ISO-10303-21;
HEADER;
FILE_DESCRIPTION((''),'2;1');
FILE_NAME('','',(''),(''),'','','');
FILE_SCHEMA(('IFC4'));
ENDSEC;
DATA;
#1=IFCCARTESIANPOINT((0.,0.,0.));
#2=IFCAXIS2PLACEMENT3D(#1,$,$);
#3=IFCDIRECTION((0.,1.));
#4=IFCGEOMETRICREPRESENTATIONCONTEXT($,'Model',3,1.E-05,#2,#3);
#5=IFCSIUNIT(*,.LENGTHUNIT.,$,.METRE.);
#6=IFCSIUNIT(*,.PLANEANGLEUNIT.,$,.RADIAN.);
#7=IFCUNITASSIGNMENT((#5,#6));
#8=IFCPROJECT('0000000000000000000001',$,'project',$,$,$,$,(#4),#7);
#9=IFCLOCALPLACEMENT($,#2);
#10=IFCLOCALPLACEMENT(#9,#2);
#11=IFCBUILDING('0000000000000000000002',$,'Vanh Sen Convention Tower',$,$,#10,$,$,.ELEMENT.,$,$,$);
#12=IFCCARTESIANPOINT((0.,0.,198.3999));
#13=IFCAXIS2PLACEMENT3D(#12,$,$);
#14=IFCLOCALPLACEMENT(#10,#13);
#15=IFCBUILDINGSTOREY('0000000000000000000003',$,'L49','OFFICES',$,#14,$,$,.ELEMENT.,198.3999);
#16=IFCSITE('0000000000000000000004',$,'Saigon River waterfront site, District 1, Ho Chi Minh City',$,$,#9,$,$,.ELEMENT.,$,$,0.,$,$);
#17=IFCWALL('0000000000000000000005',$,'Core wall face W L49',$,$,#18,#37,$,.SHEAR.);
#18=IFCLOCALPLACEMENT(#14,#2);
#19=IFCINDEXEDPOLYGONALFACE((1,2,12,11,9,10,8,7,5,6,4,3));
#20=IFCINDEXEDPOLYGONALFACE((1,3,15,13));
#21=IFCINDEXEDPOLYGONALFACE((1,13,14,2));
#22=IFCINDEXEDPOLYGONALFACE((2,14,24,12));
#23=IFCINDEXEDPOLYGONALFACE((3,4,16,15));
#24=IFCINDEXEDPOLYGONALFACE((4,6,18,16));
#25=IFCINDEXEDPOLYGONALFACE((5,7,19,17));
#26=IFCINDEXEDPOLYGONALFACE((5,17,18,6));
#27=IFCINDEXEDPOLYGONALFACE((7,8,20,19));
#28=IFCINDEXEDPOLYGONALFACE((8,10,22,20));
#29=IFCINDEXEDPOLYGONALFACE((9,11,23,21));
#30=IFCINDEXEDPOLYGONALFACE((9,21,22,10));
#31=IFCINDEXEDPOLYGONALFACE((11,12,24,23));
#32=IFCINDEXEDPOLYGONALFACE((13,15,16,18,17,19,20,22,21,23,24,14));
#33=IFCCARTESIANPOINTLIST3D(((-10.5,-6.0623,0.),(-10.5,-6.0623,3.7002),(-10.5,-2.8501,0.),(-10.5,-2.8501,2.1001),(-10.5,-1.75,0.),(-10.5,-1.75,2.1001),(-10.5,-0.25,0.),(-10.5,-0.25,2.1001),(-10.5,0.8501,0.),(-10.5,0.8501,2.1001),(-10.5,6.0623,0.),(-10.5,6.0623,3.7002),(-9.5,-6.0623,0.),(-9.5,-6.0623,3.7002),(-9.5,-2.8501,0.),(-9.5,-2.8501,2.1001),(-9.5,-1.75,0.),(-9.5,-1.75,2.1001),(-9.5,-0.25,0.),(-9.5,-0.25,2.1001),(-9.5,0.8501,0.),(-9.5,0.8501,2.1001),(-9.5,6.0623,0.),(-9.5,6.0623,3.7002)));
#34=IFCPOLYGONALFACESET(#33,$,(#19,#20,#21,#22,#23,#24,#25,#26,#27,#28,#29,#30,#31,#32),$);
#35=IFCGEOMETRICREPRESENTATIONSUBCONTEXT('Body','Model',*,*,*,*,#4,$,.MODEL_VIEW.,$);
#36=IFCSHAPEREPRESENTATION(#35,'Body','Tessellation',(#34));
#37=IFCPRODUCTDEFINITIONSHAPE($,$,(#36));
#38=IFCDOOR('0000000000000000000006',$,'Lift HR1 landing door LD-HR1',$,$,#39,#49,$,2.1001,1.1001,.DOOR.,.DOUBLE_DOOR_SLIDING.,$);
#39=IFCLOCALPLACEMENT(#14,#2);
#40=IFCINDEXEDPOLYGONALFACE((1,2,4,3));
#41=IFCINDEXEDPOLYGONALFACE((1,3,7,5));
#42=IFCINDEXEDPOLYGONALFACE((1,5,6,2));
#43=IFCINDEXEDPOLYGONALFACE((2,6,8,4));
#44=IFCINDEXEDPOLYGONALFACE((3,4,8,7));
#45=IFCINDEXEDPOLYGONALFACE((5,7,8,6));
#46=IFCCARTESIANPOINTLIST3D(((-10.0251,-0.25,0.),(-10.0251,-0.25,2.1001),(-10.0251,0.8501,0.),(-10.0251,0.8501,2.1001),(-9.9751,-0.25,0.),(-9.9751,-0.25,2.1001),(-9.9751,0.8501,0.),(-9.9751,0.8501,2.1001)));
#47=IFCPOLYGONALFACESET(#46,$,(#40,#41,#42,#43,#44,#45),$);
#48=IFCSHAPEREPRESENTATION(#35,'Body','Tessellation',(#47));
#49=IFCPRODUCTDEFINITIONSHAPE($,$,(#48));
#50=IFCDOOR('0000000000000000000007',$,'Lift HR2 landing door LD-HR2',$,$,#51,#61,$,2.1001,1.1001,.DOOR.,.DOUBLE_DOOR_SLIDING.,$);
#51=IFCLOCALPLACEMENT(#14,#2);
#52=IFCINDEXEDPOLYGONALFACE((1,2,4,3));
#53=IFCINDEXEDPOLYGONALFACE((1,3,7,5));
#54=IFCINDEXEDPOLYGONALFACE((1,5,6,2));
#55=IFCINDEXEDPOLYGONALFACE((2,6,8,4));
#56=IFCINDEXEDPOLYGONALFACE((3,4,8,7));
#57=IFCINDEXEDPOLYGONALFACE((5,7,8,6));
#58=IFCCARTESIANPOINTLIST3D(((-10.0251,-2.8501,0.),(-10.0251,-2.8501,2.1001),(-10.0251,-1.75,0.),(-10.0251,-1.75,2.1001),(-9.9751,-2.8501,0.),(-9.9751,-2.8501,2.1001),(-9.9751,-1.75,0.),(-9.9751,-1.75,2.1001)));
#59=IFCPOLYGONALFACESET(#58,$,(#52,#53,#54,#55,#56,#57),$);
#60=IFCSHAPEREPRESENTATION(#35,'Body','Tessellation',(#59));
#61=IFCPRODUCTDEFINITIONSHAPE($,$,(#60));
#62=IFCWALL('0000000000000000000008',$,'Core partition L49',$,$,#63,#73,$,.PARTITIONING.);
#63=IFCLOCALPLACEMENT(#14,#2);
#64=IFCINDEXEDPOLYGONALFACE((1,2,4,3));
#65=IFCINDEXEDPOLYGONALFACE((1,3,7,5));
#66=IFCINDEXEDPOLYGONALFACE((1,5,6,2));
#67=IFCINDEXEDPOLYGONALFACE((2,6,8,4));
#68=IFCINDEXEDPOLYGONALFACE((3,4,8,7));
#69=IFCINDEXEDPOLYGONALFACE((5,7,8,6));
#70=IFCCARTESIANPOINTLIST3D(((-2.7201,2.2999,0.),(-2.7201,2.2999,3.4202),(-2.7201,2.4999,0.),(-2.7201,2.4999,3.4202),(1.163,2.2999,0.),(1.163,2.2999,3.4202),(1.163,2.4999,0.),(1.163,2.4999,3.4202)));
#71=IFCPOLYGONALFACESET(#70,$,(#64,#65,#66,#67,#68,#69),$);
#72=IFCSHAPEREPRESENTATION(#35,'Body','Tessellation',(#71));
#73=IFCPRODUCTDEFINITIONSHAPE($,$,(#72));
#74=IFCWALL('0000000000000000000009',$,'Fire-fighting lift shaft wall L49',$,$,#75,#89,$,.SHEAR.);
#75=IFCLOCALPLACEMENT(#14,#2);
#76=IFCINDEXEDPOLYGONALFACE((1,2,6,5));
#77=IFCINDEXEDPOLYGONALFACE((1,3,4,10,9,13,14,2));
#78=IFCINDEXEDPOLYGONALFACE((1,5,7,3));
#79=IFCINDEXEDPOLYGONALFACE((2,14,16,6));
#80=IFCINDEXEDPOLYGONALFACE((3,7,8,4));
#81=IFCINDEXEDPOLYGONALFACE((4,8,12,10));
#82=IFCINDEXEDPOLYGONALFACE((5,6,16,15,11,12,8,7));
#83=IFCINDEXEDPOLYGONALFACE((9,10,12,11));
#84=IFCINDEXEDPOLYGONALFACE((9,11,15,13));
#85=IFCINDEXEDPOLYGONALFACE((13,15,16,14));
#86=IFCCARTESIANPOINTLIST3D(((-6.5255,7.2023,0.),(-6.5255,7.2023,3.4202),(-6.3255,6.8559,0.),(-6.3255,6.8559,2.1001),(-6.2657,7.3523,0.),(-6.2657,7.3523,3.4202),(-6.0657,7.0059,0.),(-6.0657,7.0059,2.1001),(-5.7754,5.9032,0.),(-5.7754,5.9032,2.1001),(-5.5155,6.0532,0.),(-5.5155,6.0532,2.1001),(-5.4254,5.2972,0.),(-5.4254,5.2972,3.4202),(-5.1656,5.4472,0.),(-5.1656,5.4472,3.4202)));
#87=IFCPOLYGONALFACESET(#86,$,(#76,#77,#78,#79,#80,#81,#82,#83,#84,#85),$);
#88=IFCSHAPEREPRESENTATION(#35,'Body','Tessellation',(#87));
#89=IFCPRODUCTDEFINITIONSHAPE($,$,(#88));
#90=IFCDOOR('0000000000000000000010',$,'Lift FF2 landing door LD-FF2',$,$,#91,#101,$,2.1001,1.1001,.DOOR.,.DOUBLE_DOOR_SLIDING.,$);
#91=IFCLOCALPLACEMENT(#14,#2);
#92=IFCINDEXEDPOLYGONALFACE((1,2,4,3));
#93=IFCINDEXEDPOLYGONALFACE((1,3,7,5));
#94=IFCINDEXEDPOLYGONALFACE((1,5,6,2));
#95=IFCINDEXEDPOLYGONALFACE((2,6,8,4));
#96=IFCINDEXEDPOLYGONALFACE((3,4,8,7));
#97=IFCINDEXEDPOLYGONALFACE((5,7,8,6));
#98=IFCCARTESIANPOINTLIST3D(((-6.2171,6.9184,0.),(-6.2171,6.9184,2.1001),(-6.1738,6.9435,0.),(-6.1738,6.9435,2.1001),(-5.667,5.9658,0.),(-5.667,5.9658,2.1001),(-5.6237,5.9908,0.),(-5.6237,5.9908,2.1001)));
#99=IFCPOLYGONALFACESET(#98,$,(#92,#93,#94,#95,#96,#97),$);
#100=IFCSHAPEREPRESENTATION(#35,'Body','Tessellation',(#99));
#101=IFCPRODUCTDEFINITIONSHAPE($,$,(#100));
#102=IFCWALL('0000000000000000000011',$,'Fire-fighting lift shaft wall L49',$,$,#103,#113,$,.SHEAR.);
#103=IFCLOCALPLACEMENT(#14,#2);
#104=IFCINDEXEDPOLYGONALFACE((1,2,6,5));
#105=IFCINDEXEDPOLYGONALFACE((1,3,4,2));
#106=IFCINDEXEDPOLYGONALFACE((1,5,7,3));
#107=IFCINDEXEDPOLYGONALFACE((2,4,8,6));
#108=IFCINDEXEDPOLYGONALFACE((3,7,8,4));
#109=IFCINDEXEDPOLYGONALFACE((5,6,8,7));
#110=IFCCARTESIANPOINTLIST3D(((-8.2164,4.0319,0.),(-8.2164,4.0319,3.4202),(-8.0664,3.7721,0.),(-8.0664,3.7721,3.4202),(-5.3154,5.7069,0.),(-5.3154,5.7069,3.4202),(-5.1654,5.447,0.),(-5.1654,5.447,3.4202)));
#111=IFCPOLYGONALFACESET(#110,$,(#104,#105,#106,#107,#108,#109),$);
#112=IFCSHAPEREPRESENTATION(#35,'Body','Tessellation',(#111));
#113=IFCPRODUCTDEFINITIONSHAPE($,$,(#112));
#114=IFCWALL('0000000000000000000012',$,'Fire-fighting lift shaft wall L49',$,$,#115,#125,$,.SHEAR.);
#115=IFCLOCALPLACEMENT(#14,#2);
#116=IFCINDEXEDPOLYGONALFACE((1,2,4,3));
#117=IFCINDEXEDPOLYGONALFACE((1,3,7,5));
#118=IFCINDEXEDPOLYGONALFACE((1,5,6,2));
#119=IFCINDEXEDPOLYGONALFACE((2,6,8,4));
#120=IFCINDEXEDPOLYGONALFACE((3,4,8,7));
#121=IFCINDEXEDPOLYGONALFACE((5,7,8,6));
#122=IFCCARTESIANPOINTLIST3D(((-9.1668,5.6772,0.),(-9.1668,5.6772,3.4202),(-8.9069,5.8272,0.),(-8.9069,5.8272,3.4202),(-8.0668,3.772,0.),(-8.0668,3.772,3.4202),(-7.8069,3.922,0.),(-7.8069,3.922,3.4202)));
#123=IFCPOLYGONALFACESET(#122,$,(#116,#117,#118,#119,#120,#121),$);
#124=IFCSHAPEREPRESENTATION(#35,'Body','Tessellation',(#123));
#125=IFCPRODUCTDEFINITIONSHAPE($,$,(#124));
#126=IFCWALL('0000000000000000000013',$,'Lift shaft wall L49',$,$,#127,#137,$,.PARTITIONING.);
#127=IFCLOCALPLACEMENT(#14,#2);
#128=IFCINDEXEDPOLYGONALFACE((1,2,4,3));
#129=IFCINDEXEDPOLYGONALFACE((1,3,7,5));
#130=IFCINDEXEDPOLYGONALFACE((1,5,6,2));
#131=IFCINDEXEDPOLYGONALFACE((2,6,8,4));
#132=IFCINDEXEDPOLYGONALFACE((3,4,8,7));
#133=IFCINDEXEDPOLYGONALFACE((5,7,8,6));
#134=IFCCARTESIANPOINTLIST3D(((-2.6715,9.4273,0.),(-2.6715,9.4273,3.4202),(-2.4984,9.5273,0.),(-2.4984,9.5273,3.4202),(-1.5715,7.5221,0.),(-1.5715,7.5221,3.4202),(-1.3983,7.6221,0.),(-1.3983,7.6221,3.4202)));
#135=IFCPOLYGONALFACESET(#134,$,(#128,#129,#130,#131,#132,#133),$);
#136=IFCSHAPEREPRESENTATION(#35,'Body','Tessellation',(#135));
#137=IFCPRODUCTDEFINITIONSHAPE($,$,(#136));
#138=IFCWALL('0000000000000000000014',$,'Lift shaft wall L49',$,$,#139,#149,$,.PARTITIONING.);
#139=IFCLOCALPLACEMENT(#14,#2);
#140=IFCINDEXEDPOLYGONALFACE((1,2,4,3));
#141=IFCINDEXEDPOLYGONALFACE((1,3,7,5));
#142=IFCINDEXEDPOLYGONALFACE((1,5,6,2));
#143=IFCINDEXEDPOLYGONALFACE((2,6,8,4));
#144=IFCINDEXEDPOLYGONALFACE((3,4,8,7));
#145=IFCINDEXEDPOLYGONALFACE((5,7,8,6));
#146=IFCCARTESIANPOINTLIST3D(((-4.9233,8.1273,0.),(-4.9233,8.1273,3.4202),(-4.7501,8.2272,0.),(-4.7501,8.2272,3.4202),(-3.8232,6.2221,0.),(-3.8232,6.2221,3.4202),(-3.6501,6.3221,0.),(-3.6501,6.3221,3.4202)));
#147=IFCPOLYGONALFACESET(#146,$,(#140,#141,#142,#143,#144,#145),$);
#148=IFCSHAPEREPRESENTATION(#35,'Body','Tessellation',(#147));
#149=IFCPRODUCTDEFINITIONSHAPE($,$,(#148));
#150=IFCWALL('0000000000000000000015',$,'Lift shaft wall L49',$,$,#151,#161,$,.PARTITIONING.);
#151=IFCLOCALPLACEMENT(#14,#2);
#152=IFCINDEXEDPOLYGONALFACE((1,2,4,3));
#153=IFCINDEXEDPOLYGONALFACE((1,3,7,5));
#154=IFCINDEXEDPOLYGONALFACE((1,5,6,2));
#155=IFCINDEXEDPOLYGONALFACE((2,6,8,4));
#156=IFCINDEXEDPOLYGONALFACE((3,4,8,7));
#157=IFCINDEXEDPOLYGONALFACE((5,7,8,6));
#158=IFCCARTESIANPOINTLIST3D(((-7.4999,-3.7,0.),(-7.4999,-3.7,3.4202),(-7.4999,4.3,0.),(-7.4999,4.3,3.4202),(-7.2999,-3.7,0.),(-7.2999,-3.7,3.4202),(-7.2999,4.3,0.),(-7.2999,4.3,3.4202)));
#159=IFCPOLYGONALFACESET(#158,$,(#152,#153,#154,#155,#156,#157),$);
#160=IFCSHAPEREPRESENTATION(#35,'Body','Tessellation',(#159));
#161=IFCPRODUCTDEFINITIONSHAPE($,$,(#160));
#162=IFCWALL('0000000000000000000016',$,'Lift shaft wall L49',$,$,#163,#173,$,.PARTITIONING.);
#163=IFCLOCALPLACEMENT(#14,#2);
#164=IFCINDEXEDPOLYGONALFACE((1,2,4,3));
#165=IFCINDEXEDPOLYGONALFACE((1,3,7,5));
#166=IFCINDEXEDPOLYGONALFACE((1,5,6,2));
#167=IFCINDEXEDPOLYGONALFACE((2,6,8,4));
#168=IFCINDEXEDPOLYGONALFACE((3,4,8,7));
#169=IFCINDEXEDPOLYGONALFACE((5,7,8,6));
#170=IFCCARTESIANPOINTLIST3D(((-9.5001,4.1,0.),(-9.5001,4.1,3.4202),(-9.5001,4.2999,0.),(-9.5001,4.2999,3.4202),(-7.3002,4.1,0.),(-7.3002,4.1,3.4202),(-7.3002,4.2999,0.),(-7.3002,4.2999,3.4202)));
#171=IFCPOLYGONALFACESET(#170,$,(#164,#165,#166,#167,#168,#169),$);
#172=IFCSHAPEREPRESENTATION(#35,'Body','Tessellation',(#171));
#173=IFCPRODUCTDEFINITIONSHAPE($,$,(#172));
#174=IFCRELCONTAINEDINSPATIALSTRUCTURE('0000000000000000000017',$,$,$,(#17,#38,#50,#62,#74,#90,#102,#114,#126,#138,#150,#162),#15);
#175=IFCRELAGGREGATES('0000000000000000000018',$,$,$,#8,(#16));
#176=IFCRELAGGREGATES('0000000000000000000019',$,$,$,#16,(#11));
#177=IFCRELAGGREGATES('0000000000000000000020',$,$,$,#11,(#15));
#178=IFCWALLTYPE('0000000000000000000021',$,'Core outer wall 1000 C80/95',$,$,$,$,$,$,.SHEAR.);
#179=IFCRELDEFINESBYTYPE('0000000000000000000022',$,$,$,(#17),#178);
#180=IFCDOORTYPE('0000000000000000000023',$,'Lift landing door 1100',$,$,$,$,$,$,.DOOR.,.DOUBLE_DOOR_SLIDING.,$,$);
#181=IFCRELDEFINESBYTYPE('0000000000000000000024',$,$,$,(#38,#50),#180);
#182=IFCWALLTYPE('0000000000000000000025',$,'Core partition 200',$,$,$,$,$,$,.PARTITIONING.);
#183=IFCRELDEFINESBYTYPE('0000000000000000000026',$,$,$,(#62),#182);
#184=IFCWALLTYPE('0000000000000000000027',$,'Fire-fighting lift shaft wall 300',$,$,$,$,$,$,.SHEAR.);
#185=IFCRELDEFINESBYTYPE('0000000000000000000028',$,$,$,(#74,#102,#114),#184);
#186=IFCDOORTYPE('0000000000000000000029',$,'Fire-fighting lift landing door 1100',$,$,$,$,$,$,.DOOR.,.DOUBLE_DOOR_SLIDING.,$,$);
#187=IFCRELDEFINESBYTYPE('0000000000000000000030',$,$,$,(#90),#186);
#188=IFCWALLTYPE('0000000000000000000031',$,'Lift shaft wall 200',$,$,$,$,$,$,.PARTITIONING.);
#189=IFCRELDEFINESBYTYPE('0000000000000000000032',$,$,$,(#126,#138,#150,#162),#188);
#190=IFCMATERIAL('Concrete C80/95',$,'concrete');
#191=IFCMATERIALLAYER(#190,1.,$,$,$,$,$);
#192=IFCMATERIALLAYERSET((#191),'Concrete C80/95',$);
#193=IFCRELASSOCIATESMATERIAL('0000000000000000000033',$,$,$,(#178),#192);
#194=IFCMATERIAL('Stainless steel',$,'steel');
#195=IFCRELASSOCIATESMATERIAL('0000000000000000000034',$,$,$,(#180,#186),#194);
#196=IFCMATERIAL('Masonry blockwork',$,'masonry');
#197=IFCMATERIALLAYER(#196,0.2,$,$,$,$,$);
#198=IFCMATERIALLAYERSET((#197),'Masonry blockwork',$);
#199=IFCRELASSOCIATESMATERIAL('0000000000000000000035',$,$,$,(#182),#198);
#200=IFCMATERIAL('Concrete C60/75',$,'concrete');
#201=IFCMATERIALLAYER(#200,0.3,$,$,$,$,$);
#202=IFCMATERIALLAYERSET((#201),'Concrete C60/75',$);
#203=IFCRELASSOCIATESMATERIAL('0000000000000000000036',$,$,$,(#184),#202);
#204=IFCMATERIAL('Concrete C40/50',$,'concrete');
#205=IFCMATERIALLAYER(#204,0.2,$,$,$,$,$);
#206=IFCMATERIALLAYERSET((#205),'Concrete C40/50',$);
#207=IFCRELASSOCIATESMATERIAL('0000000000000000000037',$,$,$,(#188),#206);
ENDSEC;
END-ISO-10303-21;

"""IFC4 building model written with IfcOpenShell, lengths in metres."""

from ifc_helpers import new_model, si_unit, direction, frame, frame_2d, origin, place, context, subcontext, project, spatial, rectangle, extrude, material, layer, layer_set, type_object, element, fill, save


model = new_model("IFC4")

# Units and contexts
model_context = context("Model", 3, precision=1e-05, world=origin(), true_north=direction((0.0, 1.0)))
body_context = subcontext(model_context, "Body", "Model", "MODEL_VIEW")
ifc_project = project(units=[si_unit("LENGTHUNIT", "METRE"), si_unit("PLANEANGLEUNIT", "RADIAN")], contexts=[model_context])

# Site, building, storey
site_placement = place(None, origin())
site = spatial("IfcSite", under=ifc_project, at=site_placement, Name="Saigon River waterfront site, District 1, Ho Chi Minh City", CompositionType="ELEMENT", RefElevation=0.0)
building_placement = place(site_placement, origin())
building = spatial("IfcBuilding", under=site, at=building_placement, Name="Vanh Sen Convention Tower", CompositionType="ELEMENT")
storey_placement = place(building_placement, frame((0.0, 0.0, 198.3999)))
storey = spatial("IfcBuildingStorey", under=building, at=storey_placement, Name="L49", Description="OFFICES", CompositionType="ELEMENT", Elevation=198.3999)

# Shared definitions
ifc_material_1 = material(Name="Concrete C40/50", Category="concrete")

# Wall, openings, doors
ifc_material_2 = material(Name="Concrete C80/95", Category="concrete")
ifc_layer_1 = layer(ifc_material_2, 1.0)
ifc_layer_set_1 = layer_set([ifc_layer_1], Name="Concrete C80/95")
wall_type_1 = type_object("IfcWallType", Name="Core outer wall 1000 C80/95", PredefinedType="SHEAR", material=ifc_layer_set_1)
wall_1_placement = place(storey_placement, frame((-10.0, 6.0623, 0.0), z_axis=(0.0, 0.0, 1.0), x_axis=(0.0, -1.0, 0.0)))
wall_1 = element("IfcWall", 1, at=wall_1_placement, inside=storey, type_object=wall_type_1, Name="Core wall face W L49", PredefinedType="SHEAR", context=body_context, shape_type="SweptSolid", body=[
    extrude(rectangle(XDim=12.1245, YDim=1.0, at=frame_2d((6.0623, 0.0))), origin(), (0.0, 0.0, 1.0), 3.7002),
])
opening_1_placement = place(wall_1_placement, frame((5.2122, 0.0, 0.0)))
opening_1 = element("IfcOpeningElement", 2, at=opening_1_placement, cuts=wall_1, PredefinedType="OPENING", context=body_context, shape_type="SweptSolid", body=[
    extrude(rectangle(XDim=1.1001, YDim=2.1001, at=frame_2d((0.55, 1.05))), frame((0.0, 0.51, 0.0), z_axis=(0.0, -1.0, 0.0), x_axis=(1.0, 0.0, 0.0)), (0.0, 0.0, 1.0), 1.02),
])
opening_2_placement = place(wall_1_placement, frame((7.8123, 0.0, 0.0)))
opening_2 = element("IfcOpeningElement", 3, at=opening_2_placement, cuts=wall_1, PredefinedType="OPENING", context=body_context, shape_type="SweptSolid", body=[
    extrude(rectangle(XDim=1.1001, YDim=2.1001, at=frame_2d((0.55, 1.05))), frame((0.0, 0.51, 0.0), z_axis=(0.0, -1.0, 0.0), x_axis=(1.0, 0.0, 0.0)), (0.0, 0.0, 1.0), 1.02),
])
ifc_material_3 = material(Name="Stainless steel", Category="steel")
door_type_1 = type_object("IfcDoorType", Name="Lift landing door 1100", OperationType="DOUBLE_DOOR_SLIDING", PredefinedType="DOOR", material=ifc_material_3)
door_1_placement = place(opening_1_placement, origin())
door_1 = element("IfcDoor", 4, at=door_1_placement, inside=storey, type_object=door_type_1, Name="Lift HR1 landing door LD-HR1", OperationType="DOUBLE_DOOR_SLIDING", OverallHeight=2.1001, OverallWidth=1.1001, PredefinedType="DOOR", context=body_context, shape_type="SweptSolid", body=[
    extrude(rectangle(XDim=1.1001, YDim=2.1001, at=frame_2d((0.55, 1.05))), frame((0.0, 0.0249, 0.0), z_axis=(0.0, -1.0, 0.0), x_axis=(1.0, 0.0, 0.0)), (0.0, 0.0, 1.0), 0.05),
])
fill(opening_1, door_1)
door_2_placement = place(opening_2_placement, origin())
door_2 = element("IfcDoor", 5, at=door_2_placement, inside=storey, type_object=door_type_1, Name="Lift HR2 landing door LD-HR2", OperationType="DOUBLE_DOOR_SLIDING", OverallHeight=2.1001, OverallWidth=1.1001, PredefinedType="DOOR", context=body_context, shape_type="SweptSolid", body=[
    extrude(rectangle(XDim=1.1001, YDim=2.1001, at=frame_2d((0.55, 1.05))), frame((0.0, 0.0249, 0.0), z_axis=(0.0, -1.0, 0.0), x_axis=(1.0, 0.0, 0.0)), (0.0, 0.0, 1.0), 0.05),
])
fill(opening_2, door_2)

# Wall
ifc_material_4 = material(Name="Masonry blockwork", Category="masonry")
ifc_layer_2 = layer(ifc_material_4, 0.2)
ifc_layer_set_2 = layer_set([ifc_layer_2], Name="Masonry blockwork")
wall_type_2 = type_object("IfcWallType", Name="Core partition 200", PredefinedType="PARTITIONING", material=ifc_layer_set_2)
wall_2_placement = place(storey_placement, frame((-2.72, 2.3999, 0.0), z_axis=(0.0, 0.0, 1.0), x_axis=(1.0, 0.0, 0.0)))
element("IfcWall", 6, at=wall_2_placement, inside=storey, type_object=wall_type_2, Name="Core partition L49", PredefinedType="PARTITIONING", context=body_context, shape_type="SweptSolid", body=[
    extrude(rectangle(XDim=3.8831, YDim=0.2, at=frame_2d((1.9414, 0.0))), origin(), (0.0, 0.0, 1.0), 3.4202),
])

# Wall, opening, door
ifc_material_5 = material(Name="Concrete C60/75", Category="concrete")
ifc_layer_3 = layer(ifc_material_5, 0.3)
ifc_layer_set_3 = layer_set([ifc_layer_3], Name="Concrete C60/75")
wall_type_3 = type_object("IfcWallType", Name="Fire-fighting lift shaft wall 300", PredefinedType="SHEAR", material=ifc_layer_set_3)
wall_3_placement = place(storey_placement, frame((-5.2954, 5.3721, 0.0), z_axis=(0.0, 0.0, 1.0), x_axis=(-0.500078, 0.86598, 0.0)))
wall_3 = element("IfcWall", 7, at=wall_3_placement, inside=storey, type_object=wall_type_3, Name="Fire-fighting lift shaft wall L49", PredefinedType="SHEAR", context=body_context, shape_type="SweptSolid", body=[
    extrude(rectangle(XDim=2.2, YDim=0.3, at=frame_2d((1.1001, 0.0))), origin(), (0.0, 0.0, 1.0), 3.4202),
])
opening_3_placement = place(wall_3_placement, frame((0.7, 0.0, 0.0)))
opening_3 = element("IfcOpeningElement", 8, at=opening_3_placement, cuts=wall_3, PredefinedType="OPENING", context=body_context, shape_type="SweptSolid", body=[
    extrude(rectangle(XDim=1.1001, YDim=2.1001, at=frame_2d((0.55, 1.05))), frame((0.0, 0.1599, 0.0), z_axis=(0.0, -1.0, 0.0), x_axis=(1.0, 0.0, 0.0)), (0.0, 0.0, 1.0), 0.3201),
])
door_type_2 = type_object("IfcDoorType", Name="Fire-fighting lift landing door 1100", OperationType="DOUBLE_DOOR_SLIDING", PredefinedType="DOOR", material=ifc_material_3)
door_3_placement = place(opening_3_placement, origin())
door_3 = element("IfcDoor", 9, at=door_3_placement, inside=storey, type_object=door_type_2, Name="Lift FF2 landing door LD-FF2", OperationType="DOUBLE_DOOR_SLIDING", OverallHeight=2.1001, OverallWidth=1.1001, PredefinedType="DOOR", context=body_context, shape_type="SweptSolid", body=[
    extrude(rectangle(XDim=1.1001, YDim=2.1001, at=frame_2d((0.55, 1.05))), frame((0.0, 0.0249, 0.0), z_axis=(0.0, -1.0, 0.0), x_axis=(1.0, 0.0, 0.0)), (0.0, 0.0, 1.0), 0.05),
])
fill(opening_3, door_3)

# Walls
wall_4_placement = place(storey_placement, frame((-5.2405, 5.5769, 0.0), z_axis=(0.0, 0.0, 1.0), x_axis=(-0.866014, -0.500019, 0.0)))
element("IfcWall", 10, at=wall_4_placement, inside=storey, type_object=wall_type_3, Name="Fire-fighting lift shaft wall L49", PredefinedType="SHEAR", context=body_context, shape_type="SweptSolid", body=[
    extrude(rectangle(XDim=3.3499, YDim=0.3, at=frame_2d((1.6748, 0.0))), origin(), (0.0, 0.0, 1.0), 3.4202),
])
wall_5_placement = place(storey_placement, frame((-7.9368, 3.8469, 0.0), z_axis=(0.0, 0.0, 1.0), x_axis=(-0.50003, 0.866008, 0.0)))
element("IfcWall", 11, at=wall_5_placement, inside=storey, type_object=wall_type_3, Name="Fire-fighting lift shaft wall L49", PredefinedType="SHEAR", context=body_context, shape_type="SweptSolid", body=[
    extrude(rectangle(XDim=2.2, YDim=0.3, at=frame_2d((1.1001, 0.0))), origin(), (0.0, 0.0, 1.0), 3.4202),
])
ifc_layer_4 = layer(ifc_material_1, 0.2)
ifc_layer_set_4 = layer_set([ifc_layer_4], Name="Concrete C40/50")
wall_type_4 = type_object("IfcWallType", Name="Lift shaft wall 200", PredefinedType="PARTITIONING", material=ifc_layer_set_4)
for number, where, z_axis, x_axis, name in (
    (12, (-1.4849, 7.572, 0.0), (0.0, 0.0, 1.0), (-0.50003, 0.866008, 0.0), "Lift shaft wall L49"),
    (13, (-3.7366, 6.272, 0.0), (0.0, 0.0, 1.0), (-0.50003, 0.866008, 0.0), "Lift shaft wall L49"),
):
    element("IfcWall", number, at=place(storey_placement, frame(where, z_axis=z_axis, x_axis=x_axis)), inside=storey, type_object=wall_type_4, Name=name, PredefinedType="PARTITIONING", context=body_context, shape_type="SweptSolid", body=[
        extrude(rectangle(XDim=2.2, YDim=0.2, at=frame_2d((1.1001, 0.0))), origin(), (0.0, 0.0, 1.0), 3.4202),
    ])
wall_6_placement = place(storey_placement, frame((-7.3999, 4.3, 0.0), z_axis=(0.0, 0.0, 1.0), x_axis=(0.0, -1.0, 0.0)))
element("IfcWall", 14, at=wall_6_placement, inside=storey, type_object=wall_type_4, Name="Lift shaft wall L49", PredefinedType="PARTITIONING", context=body_context, shape_type="SweptSolid", body=[
    extrude(rectangle(XDim=8.0, YDim=0.2, at=frame_2d((4.0, 0.0))), origin(), (0.0, 0.0, 1.0), 3.4202),
])
for number, where, z_axis, x_axis, name in (
    (15, (-7.3, 4.2, 0.0), (0.0, 0.0, 1.0), (-1.0, 0.0, 0.0), "Lift shaft wall L49"),
):
    element("IfcWall", number, at=place(storey_placement, frame(where, z_axis=z_axis, x_axis=x_axis)), inside=storey, type_object=wall_type_4, Name=name, PredefinedType="PARTITIONING", context=body_context, shape_type="SweptSolid", body=[
        extrude(rectangle(XDim=2.2, YDim=0.2, at=frame_2d((1.1001, 0.0))), origin(), (0.0, 0.0, 1.0), 3.4202),
    ])

save(model, "model.ifc")
